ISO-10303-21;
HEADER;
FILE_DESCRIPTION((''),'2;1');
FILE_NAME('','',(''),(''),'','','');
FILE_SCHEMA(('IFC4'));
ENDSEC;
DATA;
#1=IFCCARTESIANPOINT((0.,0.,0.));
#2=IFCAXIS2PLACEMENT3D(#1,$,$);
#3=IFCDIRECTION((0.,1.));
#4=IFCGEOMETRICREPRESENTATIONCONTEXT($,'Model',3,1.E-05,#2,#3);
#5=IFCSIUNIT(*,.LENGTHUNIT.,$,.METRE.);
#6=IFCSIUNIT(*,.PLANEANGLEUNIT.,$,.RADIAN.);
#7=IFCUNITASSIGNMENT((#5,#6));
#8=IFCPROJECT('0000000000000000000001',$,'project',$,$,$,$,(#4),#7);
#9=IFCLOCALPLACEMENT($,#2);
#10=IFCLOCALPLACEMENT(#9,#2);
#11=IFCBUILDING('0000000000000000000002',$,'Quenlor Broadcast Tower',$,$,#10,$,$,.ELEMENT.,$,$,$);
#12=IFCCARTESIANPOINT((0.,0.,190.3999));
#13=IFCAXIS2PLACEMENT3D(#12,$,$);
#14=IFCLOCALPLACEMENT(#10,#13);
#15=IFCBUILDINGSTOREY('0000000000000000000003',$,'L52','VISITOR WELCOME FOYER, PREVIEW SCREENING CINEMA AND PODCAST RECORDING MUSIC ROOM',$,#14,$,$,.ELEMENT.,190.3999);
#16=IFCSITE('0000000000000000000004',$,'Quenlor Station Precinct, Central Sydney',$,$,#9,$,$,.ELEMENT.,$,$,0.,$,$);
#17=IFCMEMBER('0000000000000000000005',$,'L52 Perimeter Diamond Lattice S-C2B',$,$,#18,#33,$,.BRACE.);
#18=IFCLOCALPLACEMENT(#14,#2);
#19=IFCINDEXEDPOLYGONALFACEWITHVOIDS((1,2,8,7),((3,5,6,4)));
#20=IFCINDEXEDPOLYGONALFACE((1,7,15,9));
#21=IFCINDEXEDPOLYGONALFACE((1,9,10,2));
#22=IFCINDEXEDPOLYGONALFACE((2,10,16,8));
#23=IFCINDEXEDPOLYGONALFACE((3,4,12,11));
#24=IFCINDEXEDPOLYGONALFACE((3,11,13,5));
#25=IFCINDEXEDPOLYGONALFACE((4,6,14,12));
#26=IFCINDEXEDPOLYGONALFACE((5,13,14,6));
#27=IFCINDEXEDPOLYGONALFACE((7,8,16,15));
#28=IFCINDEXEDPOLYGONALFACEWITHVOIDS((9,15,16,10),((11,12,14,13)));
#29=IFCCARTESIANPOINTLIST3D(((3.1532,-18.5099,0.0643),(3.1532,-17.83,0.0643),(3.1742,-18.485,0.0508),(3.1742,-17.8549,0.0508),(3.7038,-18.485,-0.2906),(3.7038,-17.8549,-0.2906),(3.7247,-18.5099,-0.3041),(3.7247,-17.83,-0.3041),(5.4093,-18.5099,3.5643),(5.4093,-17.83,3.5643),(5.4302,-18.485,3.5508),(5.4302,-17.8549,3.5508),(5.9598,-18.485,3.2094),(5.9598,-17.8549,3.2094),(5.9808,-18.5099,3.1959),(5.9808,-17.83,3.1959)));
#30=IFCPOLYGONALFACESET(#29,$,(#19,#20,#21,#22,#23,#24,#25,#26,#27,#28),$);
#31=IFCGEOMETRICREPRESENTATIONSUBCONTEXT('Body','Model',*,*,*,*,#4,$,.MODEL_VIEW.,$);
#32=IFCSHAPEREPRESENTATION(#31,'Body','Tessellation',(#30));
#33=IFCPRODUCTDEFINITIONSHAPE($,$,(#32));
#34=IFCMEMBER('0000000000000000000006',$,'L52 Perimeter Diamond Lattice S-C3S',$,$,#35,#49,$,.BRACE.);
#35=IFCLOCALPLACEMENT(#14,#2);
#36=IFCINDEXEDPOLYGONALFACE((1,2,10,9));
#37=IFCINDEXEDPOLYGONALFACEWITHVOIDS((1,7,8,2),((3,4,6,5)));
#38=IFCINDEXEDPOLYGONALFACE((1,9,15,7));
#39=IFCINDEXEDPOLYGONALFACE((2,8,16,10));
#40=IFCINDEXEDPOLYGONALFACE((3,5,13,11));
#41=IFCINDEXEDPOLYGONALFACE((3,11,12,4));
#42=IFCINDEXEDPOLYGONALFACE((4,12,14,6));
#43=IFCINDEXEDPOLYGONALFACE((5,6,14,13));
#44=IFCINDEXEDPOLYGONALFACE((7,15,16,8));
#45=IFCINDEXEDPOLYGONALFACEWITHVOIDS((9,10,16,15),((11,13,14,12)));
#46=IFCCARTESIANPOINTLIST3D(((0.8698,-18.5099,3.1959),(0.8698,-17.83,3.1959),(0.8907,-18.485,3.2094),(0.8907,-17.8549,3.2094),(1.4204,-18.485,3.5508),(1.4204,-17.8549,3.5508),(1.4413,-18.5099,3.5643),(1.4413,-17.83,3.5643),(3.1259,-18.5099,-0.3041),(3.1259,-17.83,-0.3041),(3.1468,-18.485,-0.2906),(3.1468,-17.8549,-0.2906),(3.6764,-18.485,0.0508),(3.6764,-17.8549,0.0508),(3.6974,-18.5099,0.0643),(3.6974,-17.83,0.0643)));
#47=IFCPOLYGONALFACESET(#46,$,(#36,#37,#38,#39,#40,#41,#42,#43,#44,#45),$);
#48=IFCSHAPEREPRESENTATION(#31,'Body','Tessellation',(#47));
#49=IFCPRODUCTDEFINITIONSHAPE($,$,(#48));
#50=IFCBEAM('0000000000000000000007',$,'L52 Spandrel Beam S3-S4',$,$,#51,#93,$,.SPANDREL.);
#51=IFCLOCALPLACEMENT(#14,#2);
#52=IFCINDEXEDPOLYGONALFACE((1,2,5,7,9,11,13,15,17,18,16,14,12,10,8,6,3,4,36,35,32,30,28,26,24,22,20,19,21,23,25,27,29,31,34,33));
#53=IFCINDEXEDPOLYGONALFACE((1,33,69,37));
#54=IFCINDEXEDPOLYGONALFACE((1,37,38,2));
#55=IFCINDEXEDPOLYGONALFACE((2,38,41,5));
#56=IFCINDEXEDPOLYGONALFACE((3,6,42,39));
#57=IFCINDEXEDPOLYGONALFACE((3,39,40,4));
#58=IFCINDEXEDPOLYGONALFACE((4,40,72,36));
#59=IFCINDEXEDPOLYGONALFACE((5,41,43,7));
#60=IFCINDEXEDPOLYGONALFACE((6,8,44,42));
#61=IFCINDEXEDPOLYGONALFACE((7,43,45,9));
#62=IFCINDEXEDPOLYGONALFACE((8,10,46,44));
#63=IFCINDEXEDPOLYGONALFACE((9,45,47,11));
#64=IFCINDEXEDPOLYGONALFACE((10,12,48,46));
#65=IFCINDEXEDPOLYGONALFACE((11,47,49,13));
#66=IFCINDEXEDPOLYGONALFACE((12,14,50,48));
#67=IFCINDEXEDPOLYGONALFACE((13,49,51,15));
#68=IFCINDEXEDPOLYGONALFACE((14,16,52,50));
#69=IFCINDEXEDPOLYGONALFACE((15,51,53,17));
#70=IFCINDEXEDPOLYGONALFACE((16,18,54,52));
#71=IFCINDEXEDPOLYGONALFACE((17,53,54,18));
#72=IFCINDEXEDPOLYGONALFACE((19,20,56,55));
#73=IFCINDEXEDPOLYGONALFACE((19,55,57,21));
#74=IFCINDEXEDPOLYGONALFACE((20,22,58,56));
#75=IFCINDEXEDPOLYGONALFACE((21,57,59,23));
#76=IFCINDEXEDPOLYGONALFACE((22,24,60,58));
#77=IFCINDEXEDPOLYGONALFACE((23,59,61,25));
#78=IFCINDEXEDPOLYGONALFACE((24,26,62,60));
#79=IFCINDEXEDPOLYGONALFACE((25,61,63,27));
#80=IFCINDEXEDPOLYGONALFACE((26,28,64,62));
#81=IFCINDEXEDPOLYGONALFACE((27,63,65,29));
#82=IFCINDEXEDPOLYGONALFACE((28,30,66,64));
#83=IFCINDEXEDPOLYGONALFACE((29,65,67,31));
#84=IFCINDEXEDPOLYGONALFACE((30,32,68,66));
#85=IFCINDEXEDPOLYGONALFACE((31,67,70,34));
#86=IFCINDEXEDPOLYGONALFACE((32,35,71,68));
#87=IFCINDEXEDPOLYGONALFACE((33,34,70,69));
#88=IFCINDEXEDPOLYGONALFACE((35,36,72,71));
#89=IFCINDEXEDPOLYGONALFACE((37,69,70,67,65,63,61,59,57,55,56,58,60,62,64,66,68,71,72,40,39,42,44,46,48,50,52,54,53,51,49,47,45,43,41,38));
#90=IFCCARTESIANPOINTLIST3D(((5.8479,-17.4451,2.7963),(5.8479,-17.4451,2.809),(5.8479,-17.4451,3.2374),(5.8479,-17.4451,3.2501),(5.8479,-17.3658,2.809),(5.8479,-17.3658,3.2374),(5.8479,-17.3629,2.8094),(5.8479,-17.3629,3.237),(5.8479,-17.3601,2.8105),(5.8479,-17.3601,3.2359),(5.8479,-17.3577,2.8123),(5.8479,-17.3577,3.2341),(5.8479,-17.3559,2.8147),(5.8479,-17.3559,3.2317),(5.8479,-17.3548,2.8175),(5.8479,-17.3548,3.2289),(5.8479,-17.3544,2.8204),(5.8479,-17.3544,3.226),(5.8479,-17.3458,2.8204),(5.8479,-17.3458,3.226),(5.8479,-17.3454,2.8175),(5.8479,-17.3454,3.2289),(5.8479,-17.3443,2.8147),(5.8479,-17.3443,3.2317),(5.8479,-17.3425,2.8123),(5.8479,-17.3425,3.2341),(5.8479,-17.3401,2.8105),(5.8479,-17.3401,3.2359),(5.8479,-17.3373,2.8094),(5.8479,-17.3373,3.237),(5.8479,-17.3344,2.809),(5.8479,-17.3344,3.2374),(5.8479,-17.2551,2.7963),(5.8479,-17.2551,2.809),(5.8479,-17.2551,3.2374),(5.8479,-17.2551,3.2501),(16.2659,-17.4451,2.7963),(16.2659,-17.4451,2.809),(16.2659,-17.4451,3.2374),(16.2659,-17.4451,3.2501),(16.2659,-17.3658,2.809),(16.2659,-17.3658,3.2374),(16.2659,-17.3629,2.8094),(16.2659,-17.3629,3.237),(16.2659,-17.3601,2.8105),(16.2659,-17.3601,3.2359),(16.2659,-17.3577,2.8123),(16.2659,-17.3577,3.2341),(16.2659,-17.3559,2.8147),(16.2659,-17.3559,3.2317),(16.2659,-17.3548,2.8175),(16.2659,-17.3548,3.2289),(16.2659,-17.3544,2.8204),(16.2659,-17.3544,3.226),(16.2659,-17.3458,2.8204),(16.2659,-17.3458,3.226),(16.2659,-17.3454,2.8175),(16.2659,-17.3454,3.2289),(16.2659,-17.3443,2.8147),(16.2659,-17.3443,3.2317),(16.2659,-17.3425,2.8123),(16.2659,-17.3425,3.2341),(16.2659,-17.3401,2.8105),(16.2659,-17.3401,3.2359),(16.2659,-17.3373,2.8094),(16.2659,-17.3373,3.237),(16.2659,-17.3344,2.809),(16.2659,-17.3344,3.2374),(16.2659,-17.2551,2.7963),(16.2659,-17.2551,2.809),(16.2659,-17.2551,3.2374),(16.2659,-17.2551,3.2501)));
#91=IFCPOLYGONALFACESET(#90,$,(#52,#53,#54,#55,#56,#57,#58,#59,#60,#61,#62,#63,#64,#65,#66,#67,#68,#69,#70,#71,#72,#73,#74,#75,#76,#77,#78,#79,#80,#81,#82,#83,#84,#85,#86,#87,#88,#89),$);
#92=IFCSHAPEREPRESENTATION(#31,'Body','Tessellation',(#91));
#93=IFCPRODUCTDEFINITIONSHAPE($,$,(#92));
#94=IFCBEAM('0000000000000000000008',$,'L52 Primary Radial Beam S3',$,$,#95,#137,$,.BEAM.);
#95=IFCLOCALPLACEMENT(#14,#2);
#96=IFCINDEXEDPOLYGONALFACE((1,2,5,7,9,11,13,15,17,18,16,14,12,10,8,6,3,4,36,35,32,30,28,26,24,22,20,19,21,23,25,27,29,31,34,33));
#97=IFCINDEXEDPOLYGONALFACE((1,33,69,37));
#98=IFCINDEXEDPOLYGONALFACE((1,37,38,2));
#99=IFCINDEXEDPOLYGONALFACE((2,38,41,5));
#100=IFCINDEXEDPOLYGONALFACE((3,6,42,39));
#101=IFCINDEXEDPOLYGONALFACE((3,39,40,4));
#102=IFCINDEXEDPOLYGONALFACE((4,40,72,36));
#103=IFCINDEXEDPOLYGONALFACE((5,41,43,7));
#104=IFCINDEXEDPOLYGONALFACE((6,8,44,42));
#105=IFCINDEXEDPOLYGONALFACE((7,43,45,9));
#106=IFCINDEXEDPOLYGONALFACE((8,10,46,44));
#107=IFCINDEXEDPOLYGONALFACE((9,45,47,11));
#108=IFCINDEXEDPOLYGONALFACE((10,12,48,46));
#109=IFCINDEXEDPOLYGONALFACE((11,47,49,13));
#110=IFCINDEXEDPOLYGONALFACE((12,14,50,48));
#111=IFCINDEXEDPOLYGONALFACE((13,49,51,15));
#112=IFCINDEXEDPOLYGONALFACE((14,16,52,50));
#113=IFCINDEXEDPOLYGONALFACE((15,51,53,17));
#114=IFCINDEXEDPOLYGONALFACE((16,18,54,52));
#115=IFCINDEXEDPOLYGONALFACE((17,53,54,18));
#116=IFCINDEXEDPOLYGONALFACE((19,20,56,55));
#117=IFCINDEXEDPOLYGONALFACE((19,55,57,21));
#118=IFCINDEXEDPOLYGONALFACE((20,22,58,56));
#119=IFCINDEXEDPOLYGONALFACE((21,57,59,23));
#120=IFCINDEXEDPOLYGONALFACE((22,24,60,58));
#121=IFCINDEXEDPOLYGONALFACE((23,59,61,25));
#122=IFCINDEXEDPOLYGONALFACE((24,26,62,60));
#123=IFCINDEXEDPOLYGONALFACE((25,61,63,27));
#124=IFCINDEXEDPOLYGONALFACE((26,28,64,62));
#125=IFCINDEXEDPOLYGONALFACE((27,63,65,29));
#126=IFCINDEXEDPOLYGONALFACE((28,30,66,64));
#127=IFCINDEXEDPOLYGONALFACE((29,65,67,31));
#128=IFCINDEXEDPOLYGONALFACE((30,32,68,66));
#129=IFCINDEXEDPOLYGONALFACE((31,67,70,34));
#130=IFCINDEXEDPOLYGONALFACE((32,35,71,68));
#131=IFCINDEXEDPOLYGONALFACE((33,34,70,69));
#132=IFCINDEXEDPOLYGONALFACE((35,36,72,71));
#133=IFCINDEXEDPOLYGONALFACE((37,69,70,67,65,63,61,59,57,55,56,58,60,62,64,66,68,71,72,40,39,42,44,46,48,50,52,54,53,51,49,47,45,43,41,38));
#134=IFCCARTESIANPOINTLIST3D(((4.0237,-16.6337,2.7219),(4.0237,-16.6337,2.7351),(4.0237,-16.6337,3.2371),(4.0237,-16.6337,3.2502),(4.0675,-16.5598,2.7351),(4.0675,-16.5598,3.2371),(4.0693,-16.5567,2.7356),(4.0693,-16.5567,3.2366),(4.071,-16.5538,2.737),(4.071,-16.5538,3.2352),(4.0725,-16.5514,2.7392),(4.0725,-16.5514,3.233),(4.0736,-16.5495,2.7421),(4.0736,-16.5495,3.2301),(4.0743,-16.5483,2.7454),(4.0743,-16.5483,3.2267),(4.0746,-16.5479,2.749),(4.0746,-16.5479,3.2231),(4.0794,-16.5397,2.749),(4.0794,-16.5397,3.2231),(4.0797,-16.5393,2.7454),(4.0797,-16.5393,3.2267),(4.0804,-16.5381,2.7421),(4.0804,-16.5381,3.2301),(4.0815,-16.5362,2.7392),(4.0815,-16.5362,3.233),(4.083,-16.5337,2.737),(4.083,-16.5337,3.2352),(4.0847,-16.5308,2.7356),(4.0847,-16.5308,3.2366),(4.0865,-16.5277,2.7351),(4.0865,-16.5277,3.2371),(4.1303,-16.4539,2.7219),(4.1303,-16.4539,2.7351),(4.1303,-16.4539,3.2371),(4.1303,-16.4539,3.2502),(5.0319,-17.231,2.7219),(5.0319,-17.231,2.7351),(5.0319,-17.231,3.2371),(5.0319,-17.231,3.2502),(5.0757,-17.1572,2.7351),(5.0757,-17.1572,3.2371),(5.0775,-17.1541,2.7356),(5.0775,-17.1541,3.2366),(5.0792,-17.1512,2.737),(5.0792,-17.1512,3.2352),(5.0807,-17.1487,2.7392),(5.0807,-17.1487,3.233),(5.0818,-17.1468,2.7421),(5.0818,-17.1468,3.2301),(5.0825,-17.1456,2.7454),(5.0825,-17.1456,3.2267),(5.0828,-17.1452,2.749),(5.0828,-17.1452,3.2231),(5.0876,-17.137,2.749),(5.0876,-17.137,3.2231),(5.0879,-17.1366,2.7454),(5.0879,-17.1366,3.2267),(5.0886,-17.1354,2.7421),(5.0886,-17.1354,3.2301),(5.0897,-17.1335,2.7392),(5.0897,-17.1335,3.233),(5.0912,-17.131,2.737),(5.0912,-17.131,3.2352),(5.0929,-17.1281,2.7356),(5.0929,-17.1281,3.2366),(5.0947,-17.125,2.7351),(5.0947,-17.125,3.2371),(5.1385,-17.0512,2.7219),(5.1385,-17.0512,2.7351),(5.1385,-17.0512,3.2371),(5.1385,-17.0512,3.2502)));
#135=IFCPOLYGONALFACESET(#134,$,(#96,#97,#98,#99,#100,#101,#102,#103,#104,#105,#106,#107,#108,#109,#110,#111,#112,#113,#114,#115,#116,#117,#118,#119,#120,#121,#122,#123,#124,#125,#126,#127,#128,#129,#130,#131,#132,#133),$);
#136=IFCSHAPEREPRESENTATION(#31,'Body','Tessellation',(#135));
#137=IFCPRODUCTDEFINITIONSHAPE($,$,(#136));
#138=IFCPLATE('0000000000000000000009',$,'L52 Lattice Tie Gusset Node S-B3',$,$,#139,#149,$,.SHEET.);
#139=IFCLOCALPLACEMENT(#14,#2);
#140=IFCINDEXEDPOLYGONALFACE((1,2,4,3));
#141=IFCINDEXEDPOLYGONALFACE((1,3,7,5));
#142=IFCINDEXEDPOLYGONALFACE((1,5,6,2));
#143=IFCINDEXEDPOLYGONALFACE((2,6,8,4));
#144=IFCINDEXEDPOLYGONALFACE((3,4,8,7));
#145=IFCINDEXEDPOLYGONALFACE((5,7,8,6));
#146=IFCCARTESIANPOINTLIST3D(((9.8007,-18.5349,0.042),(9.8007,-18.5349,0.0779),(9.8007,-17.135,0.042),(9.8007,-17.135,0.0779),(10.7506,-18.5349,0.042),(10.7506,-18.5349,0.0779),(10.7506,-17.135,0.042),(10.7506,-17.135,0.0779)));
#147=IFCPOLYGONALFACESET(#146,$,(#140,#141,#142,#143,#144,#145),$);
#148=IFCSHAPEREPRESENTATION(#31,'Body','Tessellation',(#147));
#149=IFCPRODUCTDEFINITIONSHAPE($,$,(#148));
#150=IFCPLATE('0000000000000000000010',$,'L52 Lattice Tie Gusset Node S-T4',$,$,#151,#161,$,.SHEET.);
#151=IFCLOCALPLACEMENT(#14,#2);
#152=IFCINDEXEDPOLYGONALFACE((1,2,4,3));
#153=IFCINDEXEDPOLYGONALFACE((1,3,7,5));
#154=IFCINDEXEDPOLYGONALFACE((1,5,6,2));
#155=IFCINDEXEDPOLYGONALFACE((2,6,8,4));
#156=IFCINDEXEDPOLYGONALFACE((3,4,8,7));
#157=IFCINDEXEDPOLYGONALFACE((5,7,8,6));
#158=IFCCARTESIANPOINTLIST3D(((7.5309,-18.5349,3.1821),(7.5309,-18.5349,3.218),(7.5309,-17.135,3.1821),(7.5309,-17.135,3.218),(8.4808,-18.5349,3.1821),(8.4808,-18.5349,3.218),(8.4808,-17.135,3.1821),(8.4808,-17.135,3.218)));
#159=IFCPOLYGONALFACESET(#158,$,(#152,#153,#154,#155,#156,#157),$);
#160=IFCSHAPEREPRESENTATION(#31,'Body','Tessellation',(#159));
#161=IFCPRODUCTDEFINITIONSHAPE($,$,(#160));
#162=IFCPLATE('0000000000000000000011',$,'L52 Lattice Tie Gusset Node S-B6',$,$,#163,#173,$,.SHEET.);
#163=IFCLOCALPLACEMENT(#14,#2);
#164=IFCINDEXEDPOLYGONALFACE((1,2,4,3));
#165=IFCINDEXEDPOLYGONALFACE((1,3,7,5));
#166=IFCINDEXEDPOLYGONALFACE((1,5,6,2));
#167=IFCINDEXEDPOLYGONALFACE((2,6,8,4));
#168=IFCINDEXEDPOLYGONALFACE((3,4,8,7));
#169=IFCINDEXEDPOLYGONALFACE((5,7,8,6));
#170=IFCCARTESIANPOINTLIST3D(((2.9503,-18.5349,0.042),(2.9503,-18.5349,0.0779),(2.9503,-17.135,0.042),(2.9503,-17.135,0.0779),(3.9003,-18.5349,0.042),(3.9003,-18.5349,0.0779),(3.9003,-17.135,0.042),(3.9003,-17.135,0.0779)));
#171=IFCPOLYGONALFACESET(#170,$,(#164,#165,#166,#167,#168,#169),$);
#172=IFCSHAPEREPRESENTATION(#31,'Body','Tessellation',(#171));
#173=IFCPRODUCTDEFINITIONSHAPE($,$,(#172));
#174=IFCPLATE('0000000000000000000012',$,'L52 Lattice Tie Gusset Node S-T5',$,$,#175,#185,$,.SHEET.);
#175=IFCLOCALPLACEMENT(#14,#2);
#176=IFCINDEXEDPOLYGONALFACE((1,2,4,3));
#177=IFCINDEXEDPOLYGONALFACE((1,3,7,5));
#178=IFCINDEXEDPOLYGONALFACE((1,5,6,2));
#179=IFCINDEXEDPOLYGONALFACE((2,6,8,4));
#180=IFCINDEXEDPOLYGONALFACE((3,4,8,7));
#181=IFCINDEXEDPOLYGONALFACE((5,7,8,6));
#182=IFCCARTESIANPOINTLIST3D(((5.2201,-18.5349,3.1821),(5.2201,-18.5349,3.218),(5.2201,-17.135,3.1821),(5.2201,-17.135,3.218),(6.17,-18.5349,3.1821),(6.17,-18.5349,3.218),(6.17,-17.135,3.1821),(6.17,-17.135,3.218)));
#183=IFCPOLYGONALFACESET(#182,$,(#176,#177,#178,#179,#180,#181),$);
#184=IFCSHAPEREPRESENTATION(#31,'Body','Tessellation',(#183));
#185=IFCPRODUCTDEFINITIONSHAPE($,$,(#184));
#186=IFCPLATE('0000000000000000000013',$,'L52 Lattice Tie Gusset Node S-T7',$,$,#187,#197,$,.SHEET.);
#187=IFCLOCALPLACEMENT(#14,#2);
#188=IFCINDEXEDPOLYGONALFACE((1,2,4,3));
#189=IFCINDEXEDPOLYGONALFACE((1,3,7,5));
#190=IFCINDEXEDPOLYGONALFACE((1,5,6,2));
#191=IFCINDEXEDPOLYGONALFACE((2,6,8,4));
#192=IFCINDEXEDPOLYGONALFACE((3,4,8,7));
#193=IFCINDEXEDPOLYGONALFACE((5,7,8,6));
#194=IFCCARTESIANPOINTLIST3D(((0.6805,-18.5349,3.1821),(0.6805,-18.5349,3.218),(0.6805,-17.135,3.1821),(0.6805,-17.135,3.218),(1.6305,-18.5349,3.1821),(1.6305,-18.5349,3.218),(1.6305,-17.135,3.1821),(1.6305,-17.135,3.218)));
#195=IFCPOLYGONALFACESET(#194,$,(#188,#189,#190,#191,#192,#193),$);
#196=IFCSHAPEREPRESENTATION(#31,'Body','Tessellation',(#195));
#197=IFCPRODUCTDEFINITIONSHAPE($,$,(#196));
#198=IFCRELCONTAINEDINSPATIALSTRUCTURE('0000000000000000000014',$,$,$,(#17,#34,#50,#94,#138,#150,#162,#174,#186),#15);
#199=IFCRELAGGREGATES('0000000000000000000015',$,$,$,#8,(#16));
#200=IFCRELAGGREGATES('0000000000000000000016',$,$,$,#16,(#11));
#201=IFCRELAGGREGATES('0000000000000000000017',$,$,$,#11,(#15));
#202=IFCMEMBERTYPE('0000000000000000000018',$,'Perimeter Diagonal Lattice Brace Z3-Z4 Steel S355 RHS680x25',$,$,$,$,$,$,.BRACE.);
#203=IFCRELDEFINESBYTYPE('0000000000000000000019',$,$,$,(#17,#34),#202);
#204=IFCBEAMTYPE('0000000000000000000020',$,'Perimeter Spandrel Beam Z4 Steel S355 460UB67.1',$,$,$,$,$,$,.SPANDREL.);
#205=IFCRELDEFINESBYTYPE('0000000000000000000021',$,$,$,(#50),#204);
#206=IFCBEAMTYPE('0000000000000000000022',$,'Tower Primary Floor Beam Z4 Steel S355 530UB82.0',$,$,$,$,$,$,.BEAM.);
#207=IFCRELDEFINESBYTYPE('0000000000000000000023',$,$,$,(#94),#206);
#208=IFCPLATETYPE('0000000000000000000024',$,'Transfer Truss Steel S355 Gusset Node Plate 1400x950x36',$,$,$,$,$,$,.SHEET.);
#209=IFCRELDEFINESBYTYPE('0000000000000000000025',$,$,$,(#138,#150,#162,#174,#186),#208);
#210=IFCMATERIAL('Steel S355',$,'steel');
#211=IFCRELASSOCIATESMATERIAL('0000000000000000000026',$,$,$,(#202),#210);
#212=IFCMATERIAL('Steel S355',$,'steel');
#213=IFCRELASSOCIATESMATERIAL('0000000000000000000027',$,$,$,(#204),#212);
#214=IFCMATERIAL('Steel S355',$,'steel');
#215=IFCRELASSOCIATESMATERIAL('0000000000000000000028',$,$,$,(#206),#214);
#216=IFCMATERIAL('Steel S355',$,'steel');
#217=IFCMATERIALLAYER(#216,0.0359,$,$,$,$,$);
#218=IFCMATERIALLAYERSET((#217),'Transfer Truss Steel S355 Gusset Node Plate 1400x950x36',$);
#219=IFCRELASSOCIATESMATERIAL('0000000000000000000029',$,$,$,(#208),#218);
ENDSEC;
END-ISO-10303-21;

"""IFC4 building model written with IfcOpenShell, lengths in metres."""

from ifc_helpers import new_model, si_unit, direction, frame, origin, origin_2d, place, context, subcontext, project, spatial, rectangle, hollow_rectangle, i_section, extrude, material, layer, layer_set, material_profile, profile_set, type_object, element, save


model = new_model("IFC4")

# Units and contexts
model_context = context("Model", 3, precision=1e-05, world=origin(), true_north=direction((0.0, 1.0)))
body_context = subcontext(model_context, "Body", "Model", "MODEL_VIEW")
ifc_project = project(units=[si_unit("LENGTHUNIT", "METRE"), si_unit("PLANEANGLEUNIT", "RADIAN")], contexts=[model_context])

# Site, building, storey
site_placement = place(None, origin())
site = spatial("IfcSite", under=ifc_project, at=site_placement, Name="Quenlor Station Precinct, Central Sydney", CompositionType="ELEMENT", RefElevation=0.0)
building_placement = place(site_placement, origin())
building = spatial("IfcBuilding", under=site, at=building_placement, Name="Quenlor Broadcast Tower", CompositionType="ELEMENT")
storey_placement = place(building_placement, frame((0.0, 0.0, 190.3999)))
storey = spatial("IfcBuildingStorey", under=building, at=storey_placement, Name="L52", Description="VISITOR WELCOME FOYER, PREVIEW SCREENING CINEMA AND PODCAST RECORDING MUSIC ROOM", CompositionType="ELEMENT", Elevation=190.3999)

# Members
ifc_material_1 = material(Name="Steel S355", Category="steel")
ifc_material_profile_1 = material_profile(ifc_material_1, hollow_rectangle(XDim=0.6799, YDim=0.6799, WallThickness=0.0249, at=origin_2d()))
ifc_profile_set_1 = profile_set([ifc_material_profile_1], Name="Steel S355 RHS680x680x25")
member_type_1 = type_object("IfcMemberType", Name="Perimeter Diagonal Lattice Brace Z3-Z4 Steel S355 RHS680x25", PredefinedType="BRACE", material=ifc_profile_set_1)
for number, where, z_axis, x_axis, name in (
    (1, (3.439, -18.1699, -0.1199), (0.541794, 0.0, 0.840511), (0.0, 1.0, 0.0), "L52 Perimeter Diamond Lattice S-C2B"),
    (2, (3.4116, -18.1699, -0.1199), (-0.541794, 0.0, 0.840511), (0.0, -1.0, 0.0), "L52 Perimeter Diamond Lattice S-C3S"),
):
    element("IfcMember", number, at=place(storey_placement, frame(where, z_axis=z_axis, x_axis=x_axis)), inside=storey, type_object=member_type_1, Name=name, PredefinedType="BRACE", context=body_context, shape_type="SweptSolid", body=[
        extrude(hollow_rectangle(XDim=0.6799, YDim=0.6799, WallThickness=0.0249, at=origin_2d()), origin(), (0.0, 0.0, 1.0), 4.1641),
    ])

# Beams
ifc_material_2 = material(Name="Steel S355", Category="steel")
ifc_material_profile_2 = material_profile(ifc_material_2, i_section(OverallWidth=0.1899, OverallDepth=0.4539, WebThickness=0.0085, FlangeThickness=0.0127, FilletRadius=0.0115, at=origin_2d()))
ifc_profile_set_2 = profile_set([ifc_material_profile_2], Name="Steel S355 460UB67.1")
beam_type_1 = type_object("IfcBeamType", Name="Perimeter Spandrel Beam Z4 Steel S355 460UB67.1", PredefinedType="SPANDREL", material=ifc_profile_set_2)
beam_1_placement = place(storey_placement, frame((5.8479, -17.3501, 3.0232), z_axis=(1.0, 0.0, 0.0), x_axis=(0.0, 1.0, 0.0)))
element("IfcBeam", 3, at=beam_1_placement, inside=storey, type_object=beam_type_1, Name="L52 Spandrel Beam S3-S4", PredefinedType="SPANDREL", context=body_context, shape_type="SweptSolid", body=[
    extrude(i_section(OverallWidth=0.1899, OverallDepth=0.4539, WebThickness=0.0085, FlangeThickness=0.0127, FilletRadius=0.0115, at=origin_2d()), origin(), (0.0, 0.0, 1.0), 10.418),
])
ifc_material_3 = material(Name="Steel S355", Category="steel")
ifc_material_profile_3 = material_profile(ifc_material_3, i_section(OverallWidth=0.209, OverallDepth=0.5283, WebThickness=0.0095, FlangeThickness=0.0132, FilletRadius=0.0139, at=origin_2d()))
ifc_profile_set_3 = profile_set([ifc_material_profile_3], Name="Steel S355 530UB82.0")
beam_type_2 = type_object("IfcBeamType", Name="Tower Primary Floor Beam Z4 Steel S355 530UB82.0", PredefinedType="BEAM", material=ifc_profile_set_3)
beam_2_placement = place(storey_placement, frame((5.0852, -17.1411, 2.9861), z_axis=(-0.860329, 0.50974, 0.0), x_axis=(-0.50974, -0.860329, 0.0)))
element("IfcBeam", 4, at=beam_2_placement, inside=storey, type_object=beam_type_2, Name="L52 Primary Radial Beam S3", PredefinedType="BEAM", context=body_context, shape_type="SweptSolid", body=[
    extrude(i_section(OverallWidth=0.209, OverallDepth=0.5283, WebThickness=0.0095, FlangeThickness=0.0132, FilletRadius=0.0139, at=origin_2d()), origin(), (0.0, 0.0, 1.0), 1.1719),
])

# Plates
ifc_material_4 = material(Name="Steel S355", Category="steel")
ifc_layer_1 = layer(ifc_material_4, 0.0359)
ifc_layer_set_1 = layer_set([ifc_layer_1], Name="Transfer Truss Steel S355 Gusset Node Plate 1400x950x36")
plate_type = type_object("IfcPlateType", Name="Transfer Truss Steel S355 Gusset Node Plate 1400x950x36", PredefinedType="SHEET", material=ifc_layer_set_1)
for number, where, z_axis, x_axis, name in (
    (5, (10.2756, -17.835, 0.042), (0.0, 0.0, 1.0), (0.0, -1.0, 0.0), "L52 Lattice Tie Gusset Node S-B3"),
    (6, (8.0059, -17.835, 3.1821), (0.0, 0.0, 1.0), (0.0, -1.0, 0.0), "L52 Lattice Tie Gusset Node S-T4"),
    (7, (3.4253, -17.835, 0.042), (0.0, 0.0, 1.0), (0.0, -1.0, 0.0), "L52 Lattice Tie Gusset Node S-B6"),
    (8, (5.6951, -17.835, 3.1821), (0.0, 0.0, 1.0), (0.0, -1.0, 0.0), "L52 Lattice Tie Gusset Node S-T5"),
    (9, (1.1555, -17.835, 3.1821), (0.0, 0.0, 1.0), (0.0, -1.0, 0.0), "L52 Lattice Tie Gusset Node S-T7"),
):
    element("IfcPlate", number, at=place(storey_placement, frame(where, z_axis=z_axis, x_axis=x_axis)), inside=storey, type_object=plate_type, Name=name, PredefinedType="SHEET", context=body_context, shape_type="SweptSolid", body=[
        extrude(rectangle(XDim=1.3999, YDim=0.95, at=origin_2d()), origin(), (0.0, 0.0, 1.0), 0.0359),
    ])

save(model, "model.ifc")
